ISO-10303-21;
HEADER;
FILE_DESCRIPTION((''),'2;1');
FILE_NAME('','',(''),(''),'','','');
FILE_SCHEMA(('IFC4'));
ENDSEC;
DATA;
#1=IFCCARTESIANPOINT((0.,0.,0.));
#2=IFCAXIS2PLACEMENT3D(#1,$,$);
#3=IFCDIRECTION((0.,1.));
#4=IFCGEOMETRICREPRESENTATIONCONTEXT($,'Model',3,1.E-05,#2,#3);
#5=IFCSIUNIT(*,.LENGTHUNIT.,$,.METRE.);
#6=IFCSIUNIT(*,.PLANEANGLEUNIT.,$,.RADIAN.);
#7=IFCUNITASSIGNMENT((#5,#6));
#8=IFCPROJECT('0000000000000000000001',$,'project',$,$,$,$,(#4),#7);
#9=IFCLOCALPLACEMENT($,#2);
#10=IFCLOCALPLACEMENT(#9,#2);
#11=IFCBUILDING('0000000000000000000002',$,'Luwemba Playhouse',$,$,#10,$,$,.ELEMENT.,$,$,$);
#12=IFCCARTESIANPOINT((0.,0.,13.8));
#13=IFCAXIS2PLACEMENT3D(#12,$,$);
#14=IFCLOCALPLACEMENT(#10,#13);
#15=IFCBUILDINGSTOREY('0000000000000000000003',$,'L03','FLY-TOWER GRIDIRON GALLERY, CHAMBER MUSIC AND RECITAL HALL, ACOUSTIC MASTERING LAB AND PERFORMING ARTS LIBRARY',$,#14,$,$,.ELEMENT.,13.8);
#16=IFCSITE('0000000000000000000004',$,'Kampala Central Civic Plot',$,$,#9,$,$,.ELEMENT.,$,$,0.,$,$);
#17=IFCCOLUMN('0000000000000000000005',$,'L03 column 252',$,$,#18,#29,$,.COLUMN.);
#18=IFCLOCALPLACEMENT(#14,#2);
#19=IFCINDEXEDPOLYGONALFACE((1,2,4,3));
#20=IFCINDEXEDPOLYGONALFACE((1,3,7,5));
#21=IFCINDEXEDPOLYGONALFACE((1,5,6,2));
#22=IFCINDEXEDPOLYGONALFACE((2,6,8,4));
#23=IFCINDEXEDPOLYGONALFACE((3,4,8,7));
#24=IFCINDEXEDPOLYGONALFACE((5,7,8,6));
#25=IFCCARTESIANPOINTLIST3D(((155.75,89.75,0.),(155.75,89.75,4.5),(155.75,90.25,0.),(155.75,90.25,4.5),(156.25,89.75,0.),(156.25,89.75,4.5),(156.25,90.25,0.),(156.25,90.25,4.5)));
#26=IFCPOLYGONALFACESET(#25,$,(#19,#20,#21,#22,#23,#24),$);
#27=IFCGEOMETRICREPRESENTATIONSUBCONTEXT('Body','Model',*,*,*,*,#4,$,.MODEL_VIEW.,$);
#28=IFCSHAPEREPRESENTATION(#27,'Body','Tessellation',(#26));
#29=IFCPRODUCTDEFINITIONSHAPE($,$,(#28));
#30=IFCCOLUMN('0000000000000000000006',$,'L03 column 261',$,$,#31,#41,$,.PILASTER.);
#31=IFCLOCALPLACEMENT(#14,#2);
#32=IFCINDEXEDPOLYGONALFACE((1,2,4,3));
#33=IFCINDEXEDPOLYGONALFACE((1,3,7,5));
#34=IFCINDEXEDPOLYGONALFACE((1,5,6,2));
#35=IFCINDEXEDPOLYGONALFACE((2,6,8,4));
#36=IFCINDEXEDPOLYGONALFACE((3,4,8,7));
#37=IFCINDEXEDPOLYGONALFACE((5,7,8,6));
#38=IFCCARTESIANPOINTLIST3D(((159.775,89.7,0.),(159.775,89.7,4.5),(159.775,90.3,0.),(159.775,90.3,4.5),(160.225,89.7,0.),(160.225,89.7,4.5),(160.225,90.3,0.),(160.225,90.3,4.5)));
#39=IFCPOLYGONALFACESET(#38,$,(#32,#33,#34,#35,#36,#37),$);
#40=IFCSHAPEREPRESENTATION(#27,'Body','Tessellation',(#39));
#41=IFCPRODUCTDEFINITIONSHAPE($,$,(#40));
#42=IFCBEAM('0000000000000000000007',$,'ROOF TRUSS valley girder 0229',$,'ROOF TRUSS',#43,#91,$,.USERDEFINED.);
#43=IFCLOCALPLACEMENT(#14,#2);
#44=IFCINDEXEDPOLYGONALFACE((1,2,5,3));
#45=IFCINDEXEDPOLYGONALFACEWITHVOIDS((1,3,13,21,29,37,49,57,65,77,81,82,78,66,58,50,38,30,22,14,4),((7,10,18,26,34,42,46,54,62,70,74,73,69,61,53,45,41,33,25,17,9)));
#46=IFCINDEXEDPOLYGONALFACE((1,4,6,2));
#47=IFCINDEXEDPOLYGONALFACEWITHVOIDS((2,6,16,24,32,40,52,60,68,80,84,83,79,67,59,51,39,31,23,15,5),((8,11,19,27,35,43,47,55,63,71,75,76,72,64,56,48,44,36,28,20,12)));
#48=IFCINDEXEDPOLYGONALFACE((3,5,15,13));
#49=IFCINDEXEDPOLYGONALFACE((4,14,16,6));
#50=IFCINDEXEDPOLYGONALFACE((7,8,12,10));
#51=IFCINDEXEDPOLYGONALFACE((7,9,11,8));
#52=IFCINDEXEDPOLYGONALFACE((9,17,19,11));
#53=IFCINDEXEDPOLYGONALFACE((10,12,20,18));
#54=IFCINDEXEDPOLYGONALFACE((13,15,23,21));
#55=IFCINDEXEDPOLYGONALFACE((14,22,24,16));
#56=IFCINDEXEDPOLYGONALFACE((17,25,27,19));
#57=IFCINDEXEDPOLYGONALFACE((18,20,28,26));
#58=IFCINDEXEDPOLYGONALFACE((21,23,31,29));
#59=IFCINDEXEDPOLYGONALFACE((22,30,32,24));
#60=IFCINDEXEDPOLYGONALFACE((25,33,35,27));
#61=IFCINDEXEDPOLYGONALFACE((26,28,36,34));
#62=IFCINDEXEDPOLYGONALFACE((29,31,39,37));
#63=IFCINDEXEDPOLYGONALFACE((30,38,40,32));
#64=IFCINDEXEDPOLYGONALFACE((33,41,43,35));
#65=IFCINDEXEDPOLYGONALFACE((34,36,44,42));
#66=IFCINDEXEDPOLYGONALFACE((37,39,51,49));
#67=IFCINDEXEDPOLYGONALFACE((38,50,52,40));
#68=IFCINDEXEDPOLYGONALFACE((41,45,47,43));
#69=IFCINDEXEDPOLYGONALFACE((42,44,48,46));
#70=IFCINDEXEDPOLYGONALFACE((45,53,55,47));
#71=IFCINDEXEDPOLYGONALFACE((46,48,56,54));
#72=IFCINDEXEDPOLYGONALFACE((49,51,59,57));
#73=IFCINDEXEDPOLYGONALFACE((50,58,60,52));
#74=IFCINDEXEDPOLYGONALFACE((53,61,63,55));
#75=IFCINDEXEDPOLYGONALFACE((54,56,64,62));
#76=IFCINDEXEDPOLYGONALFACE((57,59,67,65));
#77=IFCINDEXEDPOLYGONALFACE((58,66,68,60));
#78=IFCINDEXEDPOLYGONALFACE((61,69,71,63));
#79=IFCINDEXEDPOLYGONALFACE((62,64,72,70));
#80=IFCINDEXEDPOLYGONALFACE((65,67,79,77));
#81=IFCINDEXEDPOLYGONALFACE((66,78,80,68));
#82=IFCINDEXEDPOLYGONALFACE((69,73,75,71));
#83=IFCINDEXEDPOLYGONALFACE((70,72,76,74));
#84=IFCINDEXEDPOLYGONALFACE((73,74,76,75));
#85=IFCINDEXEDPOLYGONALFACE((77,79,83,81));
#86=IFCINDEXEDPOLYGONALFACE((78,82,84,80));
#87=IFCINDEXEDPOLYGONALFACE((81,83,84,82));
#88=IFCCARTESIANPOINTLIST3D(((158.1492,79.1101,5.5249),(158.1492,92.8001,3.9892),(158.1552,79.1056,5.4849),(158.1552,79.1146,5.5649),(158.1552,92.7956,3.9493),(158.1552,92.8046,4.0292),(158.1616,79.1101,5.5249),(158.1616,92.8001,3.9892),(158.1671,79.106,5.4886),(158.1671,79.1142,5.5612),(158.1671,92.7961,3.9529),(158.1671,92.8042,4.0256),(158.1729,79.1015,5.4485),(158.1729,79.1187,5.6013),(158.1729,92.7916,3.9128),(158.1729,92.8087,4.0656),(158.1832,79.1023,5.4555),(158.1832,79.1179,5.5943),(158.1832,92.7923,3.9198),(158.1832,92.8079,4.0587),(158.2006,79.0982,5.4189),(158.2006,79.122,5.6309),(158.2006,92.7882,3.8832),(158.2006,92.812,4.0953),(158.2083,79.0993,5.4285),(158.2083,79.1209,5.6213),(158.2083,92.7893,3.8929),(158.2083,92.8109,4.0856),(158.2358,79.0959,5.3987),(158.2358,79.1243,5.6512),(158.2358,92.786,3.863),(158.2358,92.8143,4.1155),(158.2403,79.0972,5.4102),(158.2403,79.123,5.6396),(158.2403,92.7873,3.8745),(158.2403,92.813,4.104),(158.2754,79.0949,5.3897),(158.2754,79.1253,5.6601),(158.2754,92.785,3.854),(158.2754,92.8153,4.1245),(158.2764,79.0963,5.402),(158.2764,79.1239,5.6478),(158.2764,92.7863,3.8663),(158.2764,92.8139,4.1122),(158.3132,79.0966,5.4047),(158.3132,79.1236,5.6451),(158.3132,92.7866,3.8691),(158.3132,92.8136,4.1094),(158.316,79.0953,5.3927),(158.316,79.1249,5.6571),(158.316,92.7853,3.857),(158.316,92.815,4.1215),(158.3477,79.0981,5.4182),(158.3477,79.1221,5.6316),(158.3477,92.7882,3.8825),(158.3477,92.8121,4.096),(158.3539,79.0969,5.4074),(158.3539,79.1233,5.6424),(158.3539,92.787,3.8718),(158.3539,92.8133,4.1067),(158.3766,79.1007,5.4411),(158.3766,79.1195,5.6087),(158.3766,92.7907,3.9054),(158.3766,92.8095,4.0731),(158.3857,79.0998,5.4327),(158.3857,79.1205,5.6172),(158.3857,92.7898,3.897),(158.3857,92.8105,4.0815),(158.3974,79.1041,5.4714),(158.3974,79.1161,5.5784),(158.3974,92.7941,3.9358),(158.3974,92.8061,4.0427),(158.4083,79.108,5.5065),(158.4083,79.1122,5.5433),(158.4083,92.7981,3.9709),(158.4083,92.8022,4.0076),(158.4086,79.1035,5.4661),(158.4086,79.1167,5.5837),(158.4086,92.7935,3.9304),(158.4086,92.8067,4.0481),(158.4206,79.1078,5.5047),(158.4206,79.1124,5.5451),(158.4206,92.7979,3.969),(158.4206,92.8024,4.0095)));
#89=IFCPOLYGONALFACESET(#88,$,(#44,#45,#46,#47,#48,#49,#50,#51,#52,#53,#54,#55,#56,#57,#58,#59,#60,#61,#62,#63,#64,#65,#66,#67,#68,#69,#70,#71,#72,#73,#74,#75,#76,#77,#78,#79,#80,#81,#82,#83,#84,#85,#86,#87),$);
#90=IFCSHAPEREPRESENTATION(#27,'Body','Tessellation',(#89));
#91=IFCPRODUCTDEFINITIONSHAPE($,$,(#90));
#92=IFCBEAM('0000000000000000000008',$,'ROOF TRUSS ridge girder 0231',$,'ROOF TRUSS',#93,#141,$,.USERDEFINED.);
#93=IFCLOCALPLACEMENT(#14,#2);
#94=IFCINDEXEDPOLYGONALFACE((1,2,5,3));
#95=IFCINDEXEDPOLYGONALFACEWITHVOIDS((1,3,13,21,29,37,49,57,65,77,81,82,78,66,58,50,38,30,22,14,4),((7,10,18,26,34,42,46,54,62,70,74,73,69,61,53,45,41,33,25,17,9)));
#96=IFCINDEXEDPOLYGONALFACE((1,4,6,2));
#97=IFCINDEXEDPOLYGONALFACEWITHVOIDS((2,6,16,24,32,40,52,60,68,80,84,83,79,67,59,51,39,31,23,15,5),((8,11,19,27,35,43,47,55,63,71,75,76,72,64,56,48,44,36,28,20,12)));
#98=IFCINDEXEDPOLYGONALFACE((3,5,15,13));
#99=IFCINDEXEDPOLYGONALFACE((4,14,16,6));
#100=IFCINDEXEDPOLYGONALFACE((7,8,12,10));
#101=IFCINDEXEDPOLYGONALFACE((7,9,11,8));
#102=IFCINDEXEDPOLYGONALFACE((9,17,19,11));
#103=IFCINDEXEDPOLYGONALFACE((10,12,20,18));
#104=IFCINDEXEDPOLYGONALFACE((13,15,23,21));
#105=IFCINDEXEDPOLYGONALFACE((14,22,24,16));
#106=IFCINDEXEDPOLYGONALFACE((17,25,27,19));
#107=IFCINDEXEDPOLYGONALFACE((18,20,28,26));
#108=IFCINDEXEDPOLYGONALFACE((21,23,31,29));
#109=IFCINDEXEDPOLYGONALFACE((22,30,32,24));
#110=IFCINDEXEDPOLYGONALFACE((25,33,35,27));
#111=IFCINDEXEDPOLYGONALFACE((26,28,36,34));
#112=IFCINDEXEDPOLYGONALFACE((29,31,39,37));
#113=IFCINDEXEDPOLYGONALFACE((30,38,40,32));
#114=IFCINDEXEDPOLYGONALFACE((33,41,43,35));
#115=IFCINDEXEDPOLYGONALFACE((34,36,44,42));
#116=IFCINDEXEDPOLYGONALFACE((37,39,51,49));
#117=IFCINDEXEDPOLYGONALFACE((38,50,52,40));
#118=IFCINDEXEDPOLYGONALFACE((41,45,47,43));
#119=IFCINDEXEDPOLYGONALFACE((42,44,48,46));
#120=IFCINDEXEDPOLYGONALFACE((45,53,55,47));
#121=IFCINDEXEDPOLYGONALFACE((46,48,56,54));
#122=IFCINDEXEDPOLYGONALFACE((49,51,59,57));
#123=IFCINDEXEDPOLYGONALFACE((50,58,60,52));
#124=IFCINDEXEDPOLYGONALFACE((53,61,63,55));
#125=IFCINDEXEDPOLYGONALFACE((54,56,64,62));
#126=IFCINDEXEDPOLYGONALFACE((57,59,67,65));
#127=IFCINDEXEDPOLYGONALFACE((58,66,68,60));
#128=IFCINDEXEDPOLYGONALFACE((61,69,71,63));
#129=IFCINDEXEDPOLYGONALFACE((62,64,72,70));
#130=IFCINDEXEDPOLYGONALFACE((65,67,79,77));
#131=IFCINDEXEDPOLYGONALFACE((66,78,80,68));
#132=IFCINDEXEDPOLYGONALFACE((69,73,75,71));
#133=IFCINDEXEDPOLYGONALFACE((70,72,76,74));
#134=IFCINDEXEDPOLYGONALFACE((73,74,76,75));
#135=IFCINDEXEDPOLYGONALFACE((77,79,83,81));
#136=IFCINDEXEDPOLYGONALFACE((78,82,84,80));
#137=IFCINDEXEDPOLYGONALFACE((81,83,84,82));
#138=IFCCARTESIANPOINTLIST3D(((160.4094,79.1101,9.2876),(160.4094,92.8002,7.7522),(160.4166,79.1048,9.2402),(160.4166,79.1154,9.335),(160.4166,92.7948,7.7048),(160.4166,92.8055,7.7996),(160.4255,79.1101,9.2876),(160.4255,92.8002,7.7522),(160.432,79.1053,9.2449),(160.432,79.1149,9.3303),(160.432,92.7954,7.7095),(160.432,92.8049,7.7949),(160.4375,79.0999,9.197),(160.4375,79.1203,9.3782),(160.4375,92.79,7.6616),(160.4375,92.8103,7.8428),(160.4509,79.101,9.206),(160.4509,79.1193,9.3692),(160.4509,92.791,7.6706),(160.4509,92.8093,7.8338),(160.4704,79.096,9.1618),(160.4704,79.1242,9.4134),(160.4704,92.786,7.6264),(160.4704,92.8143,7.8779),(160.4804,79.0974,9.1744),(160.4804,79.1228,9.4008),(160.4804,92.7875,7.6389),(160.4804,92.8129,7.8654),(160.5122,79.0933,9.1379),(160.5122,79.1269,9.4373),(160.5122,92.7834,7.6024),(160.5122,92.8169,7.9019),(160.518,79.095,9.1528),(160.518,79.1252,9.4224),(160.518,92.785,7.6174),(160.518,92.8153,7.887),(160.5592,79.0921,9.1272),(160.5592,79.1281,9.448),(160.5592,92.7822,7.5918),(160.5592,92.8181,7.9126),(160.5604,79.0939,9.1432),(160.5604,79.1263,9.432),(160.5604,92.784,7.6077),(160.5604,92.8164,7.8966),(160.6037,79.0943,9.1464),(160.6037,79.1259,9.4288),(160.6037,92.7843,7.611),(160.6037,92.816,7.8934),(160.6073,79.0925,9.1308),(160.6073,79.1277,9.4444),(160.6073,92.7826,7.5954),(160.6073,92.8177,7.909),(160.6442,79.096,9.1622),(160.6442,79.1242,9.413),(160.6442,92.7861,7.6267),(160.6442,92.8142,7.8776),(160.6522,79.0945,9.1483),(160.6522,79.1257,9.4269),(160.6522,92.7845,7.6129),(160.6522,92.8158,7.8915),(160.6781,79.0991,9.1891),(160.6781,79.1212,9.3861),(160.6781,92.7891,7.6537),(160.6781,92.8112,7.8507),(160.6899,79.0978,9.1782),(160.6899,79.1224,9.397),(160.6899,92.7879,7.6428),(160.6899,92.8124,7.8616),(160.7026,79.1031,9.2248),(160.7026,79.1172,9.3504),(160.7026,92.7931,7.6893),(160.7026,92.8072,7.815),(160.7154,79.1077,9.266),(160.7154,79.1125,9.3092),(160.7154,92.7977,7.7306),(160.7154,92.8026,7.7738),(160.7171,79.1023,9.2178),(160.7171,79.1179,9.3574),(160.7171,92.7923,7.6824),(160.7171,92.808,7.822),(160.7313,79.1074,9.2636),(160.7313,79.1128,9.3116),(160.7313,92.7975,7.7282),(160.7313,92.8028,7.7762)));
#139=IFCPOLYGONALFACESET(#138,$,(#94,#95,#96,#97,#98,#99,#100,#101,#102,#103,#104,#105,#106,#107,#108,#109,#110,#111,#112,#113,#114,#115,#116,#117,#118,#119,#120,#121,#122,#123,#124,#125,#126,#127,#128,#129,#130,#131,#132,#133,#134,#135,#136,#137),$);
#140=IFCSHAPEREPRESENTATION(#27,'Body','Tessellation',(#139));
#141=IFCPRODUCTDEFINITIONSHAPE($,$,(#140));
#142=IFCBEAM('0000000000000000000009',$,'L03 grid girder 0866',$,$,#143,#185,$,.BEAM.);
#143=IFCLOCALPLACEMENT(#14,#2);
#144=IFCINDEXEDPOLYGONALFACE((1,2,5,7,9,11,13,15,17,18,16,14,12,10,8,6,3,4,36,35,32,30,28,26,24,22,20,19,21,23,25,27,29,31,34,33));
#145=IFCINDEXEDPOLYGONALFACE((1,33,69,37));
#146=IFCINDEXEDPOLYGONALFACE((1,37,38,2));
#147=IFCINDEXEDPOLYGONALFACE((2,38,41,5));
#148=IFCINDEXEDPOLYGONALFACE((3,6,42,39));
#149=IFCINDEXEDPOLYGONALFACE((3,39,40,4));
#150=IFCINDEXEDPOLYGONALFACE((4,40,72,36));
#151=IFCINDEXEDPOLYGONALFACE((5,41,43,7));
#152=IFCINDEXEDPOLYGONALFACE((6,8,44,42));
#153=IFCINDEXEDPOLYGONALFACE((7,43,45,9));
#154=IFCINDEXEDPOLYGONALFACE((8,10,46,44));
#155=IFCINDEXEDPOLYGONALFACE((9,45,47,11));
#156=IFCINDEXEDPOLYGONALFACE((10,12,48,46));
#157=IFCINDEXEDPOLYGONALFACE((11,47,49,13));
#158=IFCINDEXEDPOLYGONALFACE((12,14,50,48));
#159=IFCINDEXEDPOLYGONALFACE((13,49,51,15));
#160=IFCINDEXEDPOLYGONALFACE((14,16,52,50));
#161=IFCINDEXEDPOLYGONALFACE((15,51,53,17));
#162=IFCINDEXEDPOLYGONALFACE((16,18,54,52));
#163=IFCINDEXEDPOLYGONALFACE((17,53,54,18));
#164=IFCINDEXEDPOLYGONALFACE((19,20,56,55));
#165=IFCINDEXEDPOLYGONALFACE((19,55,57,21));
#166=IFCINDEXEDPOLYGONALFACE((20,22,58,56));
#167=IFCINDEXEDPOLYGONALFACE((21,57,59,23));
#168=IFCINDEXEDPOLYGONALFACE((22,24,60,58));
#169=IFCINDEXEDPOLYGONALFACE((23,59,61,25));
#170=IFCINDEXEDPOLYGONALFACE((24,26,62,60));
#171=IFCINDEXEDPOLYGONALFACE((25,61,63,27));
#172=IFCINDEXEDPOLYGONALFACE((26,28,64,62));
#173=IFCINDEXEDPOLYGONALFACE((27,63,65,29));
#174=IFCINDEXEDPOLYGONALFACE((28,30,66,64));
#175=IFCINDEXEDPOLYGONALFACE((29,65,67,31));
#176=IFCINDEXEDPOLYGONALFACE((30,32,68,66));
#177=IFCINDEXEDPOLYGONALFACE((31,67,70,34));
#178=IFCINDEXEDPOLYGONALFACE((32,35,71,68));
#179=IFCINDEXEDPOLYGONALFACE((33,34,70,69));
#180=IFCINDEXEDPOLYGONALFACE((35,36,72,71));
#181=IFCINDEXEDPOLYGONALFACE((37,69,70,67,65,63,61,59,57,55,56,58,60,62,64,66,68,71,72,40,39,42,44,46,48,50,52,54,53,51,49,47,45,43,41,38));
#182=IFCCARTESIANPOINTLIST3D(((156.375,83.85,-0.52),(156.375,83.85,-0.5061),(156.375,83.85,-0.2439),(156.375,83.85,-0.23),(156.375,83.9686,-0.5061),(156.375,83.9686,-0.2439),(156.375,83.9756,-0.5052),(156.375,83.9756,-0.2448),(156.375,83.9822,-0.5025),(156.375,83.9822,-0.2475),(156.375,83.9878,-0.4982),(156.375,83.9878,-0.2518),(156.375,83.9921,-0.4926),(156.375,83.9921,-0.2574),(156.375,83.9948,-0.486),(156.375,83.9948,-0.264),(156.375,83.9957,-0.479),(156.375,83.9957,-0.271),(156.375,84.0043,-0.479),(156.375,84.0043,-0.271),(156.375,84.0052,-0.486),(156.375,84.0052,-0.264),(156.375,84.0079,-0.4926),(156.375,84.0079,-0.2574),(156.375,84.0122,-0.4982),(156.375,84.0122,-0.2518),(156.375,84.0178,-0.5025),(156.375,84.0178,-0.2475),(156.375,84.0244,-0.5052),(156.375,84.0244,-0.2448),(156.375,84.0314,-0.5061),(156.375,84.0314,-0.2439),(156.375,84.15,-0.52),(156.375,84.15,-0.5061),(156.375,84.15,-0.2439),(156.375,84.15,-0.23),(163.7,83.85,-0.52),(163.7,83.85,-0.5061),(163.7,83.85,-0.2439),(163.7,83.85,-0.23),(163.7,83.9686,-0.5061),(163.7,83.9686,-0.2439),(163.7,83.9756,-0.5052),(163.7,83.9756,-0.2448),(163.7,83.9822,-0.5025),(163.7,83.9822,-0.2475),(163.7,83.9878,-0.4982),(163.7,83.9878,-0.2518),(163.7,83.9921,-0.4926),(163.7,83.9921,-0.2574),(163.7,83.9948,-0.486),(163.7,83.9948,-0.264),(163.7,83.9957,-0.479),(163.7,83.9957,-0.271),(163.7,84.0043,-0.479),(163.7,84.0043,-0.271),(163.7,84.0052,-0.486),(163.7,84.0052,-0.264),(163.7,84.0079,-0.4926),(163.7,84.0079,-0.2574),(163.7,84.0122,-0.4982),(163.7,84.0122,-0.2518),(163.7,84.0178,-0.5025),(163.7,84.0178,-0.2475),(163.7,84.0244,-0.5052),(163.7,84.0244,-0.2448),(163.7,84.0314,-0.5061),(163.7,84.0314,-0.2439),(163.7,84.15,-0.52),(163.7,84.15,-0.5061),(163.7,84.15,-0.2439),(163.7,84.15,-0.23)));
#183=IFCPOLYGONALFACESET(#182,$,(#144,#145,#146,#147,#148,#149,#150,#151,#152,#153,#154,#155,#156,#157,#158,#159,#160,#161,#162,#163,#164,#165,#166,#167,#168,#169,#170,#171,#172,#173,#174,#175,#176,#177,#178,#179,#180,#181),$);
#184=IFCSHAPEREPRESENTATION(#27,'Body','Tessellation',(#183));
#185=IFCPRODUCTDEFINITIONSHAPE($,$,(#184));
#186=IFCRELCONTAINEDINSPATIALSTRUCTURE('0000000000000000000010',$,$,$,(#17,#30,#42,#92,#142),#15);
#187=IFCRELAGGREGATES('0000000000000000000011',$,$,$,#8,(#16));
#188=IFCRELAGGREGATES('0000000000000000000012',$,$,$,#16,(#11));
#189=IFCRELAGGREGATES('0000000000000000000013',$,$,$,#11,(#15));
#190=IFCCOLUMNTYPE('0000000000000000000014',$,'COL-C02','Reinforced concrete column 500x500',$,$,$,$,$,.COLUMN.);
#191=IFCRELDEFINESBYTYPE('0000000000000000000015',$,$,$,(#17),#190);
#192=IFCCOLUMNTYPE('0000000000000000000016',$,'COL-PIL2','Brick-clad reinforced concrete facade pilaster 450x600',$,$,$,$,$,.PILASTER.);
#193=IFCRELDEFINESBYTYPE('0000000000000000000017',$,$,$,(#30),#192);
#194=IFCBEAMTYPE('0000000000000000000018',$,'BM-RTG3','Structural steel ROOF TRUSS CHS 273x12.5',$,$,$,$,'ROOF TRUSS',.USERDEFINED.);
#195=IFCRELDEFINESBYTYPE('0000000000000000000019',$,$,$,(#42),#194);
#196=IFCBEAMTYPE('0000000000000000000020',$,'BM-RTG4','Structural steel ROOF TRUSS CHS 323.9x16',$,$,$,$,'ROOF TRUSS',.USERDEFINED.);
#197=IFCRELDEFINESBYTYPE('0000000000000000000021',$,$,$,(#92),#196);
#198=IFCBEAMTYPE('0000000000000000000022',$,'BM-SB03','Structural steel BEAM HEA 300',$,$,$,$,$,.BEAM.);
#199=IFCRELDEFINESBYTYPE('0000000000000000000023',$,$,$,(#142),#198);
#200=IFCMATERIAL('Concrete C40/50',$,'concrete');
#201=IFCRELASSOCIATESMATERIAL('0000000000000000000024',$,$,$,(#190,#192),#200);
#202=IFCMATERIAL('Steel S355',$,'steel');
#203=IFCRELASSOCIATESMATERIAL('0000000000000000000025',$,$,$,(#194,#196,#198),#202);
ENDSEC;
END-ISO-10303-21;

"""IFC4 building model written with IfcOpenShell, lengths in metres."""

from ifc_helpers import new_model, si_unit, direction, frame, origin, origin_2d, place, context, subcontext, project, spatial, rectangle, hollow_circle, i_section, extrude, material, material_profile, profile_set, type_object, element, save


model = new_model("IFC4")

# Units and contexts
model_context = context("Model", 3, precision=1e-05, world=origin(), true_north=direction((0.0, 1.0)))
body_context = subcontext(model_context, "Body", "Model", "MODEL_VIEW")
ifc_project = project(units=[si_unit("LENGTHUNIT", "METRE"), si_unit("PLANEANGLEUNIT", "RADIAN")], contexts=[model_context])

# Site, building, storey
site_placement = place(None, origin())
site = spatial("IfcSite", under=ifc_project, at=site_placement, Name="Kampala Central Civic Plot", CompositionType="ELEMENT", RefElevation=0.0)
building_placement = place(site_placement, origin())
building = spatial("IfcBuilding", under=site, at=building_placement, Name="Luwemba Playhouse", CompositionType="ELEMENT")
storey_placement = place(building_placement, frame((0.0, 0.0, 13.8)))
storey = spatial("IfcBuildingStorey", under=building, at=storey_placement, Name="L03", Description="FLY-TOWER GRIDIRON GALLERY, CHAMBER MUSIC AND RECITAL HALL, ACOUSTIC MASTERING LAB AND PERFORMING ARTS LIBRARY", CompositionType="ELEMENT", Elevation=13.8)

# Columns
ifc_material_1 = material(Name="Concrete C40/50", Category="concrete")
ifc_material_profile_1 = material_profile(ifc_material_1, rectangle(XDim=0.5, YDim=0.5, at=origin_2d()))
ifc_profile_set_1 = profile_set([ifc_material_profile_1], Name="Concrete C40/50")
column_type_1 = type_object("IfcColumnType", Name="COL-C02", Description="Reinforced concrete column 500x500", PredefinedType="COLUMN", material=ifc_profile_set_1)
column_1_placement = place(storey_placement, frame((156.0, 90.0, 0.0), z_axis=(0.0, 0.0, 1.0), x_axis=(1.0, 0.0, 0.0)))
element("IfcColumn", 1, at=column_1_placement, inside=storey, type_object=column_type_1, Name="L03 column 252", PredefinedType="COLUMN", context=body_context, shape_type="SweptSolid", body=[
    extrude(rectangle(XDim=0.5, YDim=0.5, at=origin_2d()), origin(), (0.0, 0.0, 1.0), 4.5),
])
ifc_material_profile_2 = material_profile(ifc_material_1, rectangle(XDim=0.45, YDim=0.6001, at=origin_2d()))
ifc_profile_set_2 = profile_set([ifc_material_profile_2], Name="Concrete C40/50")
column_type_2 = type_object("IfcColumnType", Name="COL-PIL2", Description="Brick-clad reinforced concrete facade pilaster 450x600", PredefinedType="PILASTER", material=ifc_profile_set_2)
column_2_placement = place(storey_placement, frame((160.0, 90.0, 0.0), z_axis=(0.0, 0.0, 1.0), x_axis=(1.0, 0.0, 0.0)))
element("IfcColumn", 2, at=column_2_placement, inside=storey, type_object=column_type_2, Name="L03 column 261", PredefinedType="PILASTER", context=body_context, shape_type="SweptSolid", body=[
    extrude(rectangle(XDim=0.45, YDim=0.6001, at=origin_2d()), origin(), (0.0, 0.0, 1.0), 4.5),
])

# Beams
ifc_material_2 = material(Name="Steel S355", Category="steel")
ifc_material_profile_3 = material_profile(ifc_material_2, hollow_circle(Radius=0.1365, WallThickness=0.0125, at=origin_2d()))
ifc_profile_set_3 = profile_set([ifc_material_profile_3], Name="Steel S355")
beam_type_1 = type_object("IfcBeamType", Name="BM-RTG3", Description="Structural steel ROOF TRUSS CHS 273x12.5", ElementType="ROOF TRUSS", PredefinedType="USERDEFINED", material=ifc_profile_set_3)
beam_1_placement = place(storey_placement, frame((158.2856, 79.1101, 5.5249), z_axis=(0.0, 0.993767, -0.111474), x_axis=(-1.0, 0.0, 0.0)))
element("IfcBeam", 3, at=beam_1_placement, inside=storey, type_object=beam_type_1, Name="ROOF TRUSS valley girder 0229", ObjectType="ROOF TRUSS", PredefinedType="USERDEFINED", context=body_context, shape_type="SweptSolid", body=[
    extrude(hollow_circle(Radius=0.1365, WallThickness=0.0125, at=origin_2d()), origin(), (0.0, 0.0, 1.0), 13.7759),
])
ifc_material_profile_4 = material_profile(ifc_material_2, hollow_circle(Radius=0.1619, WallThickness=0.0161, at=origin_2d()))
ifc_profile_set_4 = profile_set([ifc_material_profile_4], Name="Steel S355")
beam_type_2 = type_object("IfcBeamType", Name="BM-RTG4", Description="Structural steel ROOF TRUSS CHS 323.9x16", ElementType="ROOF TRUSS", PredefinedType="USERDEFINED", material=ifc_profile_set_4)
beam_2_placement = place(storey_placement, frame((160.5713, 79.1101, 9.2876), z_axis=(0.0, 0.993769, -0.111457), x_axis=(-1.0, 0.0, 0.0)))
element("IfcBeam", 4, at=beam_2_placement, inside=storey, type_object=beam_type_2, Name="ROOF TRUSS ridge girder 0231", ObjectType="ROOF TRUSS", PredefinedType="USERDEFINED", context=body_context, shape_type="SweptSolid", body=[
    extrude(hollow_circle(Radius=0.1619, WallThickness=0.0161, at=origin_2d()), origin(), (0.0, 0.0, 1.0), 13.7759),
])
ifc_material_profile_5 = material_profile(ifc_material_2, i_section(OverallWidth=0.3, OverallDepth=0.29, WebThickness=0.0085, FlangeThickness=0.0139, FilletRadius=0.0271, at=origin_2d()))
ifc_profile_set_5 = profile_set([ifc_material_profile_5], Name="Steel S355")
beam_type_3 = type_object("IfcBeamType", Name="BM-SB03", Description="Structural steel BEAM HEA 300", PredefinedType="BEAM", material=ifc_profile_set_5)
beam_3_placement = place(storey_placement, frame((156.375, 84.0, -0.375), z_axis=(1.0, 0.0, 0.0), x_axis=(0.0, 1.0, 0.0)))
element("IfcBeam", 5, at=beam_3_placement, inside=storey, type_object=beam_type_3, Name="L03 grid girder 0866", PredefinedType="BEAM", context=body_context, shape_type="SweptSolid", body=[
    extrude(i_section(OverallWidth=0.3, OverallDepth=0.29, WebThickness=0.0085, FlangeThickness=0.0139, FilletRadius=0.0271, at=origin_2d()), origin(), (0.0, 0.0, 1.0), 7.325),
])

save(model, "model.ifc")
